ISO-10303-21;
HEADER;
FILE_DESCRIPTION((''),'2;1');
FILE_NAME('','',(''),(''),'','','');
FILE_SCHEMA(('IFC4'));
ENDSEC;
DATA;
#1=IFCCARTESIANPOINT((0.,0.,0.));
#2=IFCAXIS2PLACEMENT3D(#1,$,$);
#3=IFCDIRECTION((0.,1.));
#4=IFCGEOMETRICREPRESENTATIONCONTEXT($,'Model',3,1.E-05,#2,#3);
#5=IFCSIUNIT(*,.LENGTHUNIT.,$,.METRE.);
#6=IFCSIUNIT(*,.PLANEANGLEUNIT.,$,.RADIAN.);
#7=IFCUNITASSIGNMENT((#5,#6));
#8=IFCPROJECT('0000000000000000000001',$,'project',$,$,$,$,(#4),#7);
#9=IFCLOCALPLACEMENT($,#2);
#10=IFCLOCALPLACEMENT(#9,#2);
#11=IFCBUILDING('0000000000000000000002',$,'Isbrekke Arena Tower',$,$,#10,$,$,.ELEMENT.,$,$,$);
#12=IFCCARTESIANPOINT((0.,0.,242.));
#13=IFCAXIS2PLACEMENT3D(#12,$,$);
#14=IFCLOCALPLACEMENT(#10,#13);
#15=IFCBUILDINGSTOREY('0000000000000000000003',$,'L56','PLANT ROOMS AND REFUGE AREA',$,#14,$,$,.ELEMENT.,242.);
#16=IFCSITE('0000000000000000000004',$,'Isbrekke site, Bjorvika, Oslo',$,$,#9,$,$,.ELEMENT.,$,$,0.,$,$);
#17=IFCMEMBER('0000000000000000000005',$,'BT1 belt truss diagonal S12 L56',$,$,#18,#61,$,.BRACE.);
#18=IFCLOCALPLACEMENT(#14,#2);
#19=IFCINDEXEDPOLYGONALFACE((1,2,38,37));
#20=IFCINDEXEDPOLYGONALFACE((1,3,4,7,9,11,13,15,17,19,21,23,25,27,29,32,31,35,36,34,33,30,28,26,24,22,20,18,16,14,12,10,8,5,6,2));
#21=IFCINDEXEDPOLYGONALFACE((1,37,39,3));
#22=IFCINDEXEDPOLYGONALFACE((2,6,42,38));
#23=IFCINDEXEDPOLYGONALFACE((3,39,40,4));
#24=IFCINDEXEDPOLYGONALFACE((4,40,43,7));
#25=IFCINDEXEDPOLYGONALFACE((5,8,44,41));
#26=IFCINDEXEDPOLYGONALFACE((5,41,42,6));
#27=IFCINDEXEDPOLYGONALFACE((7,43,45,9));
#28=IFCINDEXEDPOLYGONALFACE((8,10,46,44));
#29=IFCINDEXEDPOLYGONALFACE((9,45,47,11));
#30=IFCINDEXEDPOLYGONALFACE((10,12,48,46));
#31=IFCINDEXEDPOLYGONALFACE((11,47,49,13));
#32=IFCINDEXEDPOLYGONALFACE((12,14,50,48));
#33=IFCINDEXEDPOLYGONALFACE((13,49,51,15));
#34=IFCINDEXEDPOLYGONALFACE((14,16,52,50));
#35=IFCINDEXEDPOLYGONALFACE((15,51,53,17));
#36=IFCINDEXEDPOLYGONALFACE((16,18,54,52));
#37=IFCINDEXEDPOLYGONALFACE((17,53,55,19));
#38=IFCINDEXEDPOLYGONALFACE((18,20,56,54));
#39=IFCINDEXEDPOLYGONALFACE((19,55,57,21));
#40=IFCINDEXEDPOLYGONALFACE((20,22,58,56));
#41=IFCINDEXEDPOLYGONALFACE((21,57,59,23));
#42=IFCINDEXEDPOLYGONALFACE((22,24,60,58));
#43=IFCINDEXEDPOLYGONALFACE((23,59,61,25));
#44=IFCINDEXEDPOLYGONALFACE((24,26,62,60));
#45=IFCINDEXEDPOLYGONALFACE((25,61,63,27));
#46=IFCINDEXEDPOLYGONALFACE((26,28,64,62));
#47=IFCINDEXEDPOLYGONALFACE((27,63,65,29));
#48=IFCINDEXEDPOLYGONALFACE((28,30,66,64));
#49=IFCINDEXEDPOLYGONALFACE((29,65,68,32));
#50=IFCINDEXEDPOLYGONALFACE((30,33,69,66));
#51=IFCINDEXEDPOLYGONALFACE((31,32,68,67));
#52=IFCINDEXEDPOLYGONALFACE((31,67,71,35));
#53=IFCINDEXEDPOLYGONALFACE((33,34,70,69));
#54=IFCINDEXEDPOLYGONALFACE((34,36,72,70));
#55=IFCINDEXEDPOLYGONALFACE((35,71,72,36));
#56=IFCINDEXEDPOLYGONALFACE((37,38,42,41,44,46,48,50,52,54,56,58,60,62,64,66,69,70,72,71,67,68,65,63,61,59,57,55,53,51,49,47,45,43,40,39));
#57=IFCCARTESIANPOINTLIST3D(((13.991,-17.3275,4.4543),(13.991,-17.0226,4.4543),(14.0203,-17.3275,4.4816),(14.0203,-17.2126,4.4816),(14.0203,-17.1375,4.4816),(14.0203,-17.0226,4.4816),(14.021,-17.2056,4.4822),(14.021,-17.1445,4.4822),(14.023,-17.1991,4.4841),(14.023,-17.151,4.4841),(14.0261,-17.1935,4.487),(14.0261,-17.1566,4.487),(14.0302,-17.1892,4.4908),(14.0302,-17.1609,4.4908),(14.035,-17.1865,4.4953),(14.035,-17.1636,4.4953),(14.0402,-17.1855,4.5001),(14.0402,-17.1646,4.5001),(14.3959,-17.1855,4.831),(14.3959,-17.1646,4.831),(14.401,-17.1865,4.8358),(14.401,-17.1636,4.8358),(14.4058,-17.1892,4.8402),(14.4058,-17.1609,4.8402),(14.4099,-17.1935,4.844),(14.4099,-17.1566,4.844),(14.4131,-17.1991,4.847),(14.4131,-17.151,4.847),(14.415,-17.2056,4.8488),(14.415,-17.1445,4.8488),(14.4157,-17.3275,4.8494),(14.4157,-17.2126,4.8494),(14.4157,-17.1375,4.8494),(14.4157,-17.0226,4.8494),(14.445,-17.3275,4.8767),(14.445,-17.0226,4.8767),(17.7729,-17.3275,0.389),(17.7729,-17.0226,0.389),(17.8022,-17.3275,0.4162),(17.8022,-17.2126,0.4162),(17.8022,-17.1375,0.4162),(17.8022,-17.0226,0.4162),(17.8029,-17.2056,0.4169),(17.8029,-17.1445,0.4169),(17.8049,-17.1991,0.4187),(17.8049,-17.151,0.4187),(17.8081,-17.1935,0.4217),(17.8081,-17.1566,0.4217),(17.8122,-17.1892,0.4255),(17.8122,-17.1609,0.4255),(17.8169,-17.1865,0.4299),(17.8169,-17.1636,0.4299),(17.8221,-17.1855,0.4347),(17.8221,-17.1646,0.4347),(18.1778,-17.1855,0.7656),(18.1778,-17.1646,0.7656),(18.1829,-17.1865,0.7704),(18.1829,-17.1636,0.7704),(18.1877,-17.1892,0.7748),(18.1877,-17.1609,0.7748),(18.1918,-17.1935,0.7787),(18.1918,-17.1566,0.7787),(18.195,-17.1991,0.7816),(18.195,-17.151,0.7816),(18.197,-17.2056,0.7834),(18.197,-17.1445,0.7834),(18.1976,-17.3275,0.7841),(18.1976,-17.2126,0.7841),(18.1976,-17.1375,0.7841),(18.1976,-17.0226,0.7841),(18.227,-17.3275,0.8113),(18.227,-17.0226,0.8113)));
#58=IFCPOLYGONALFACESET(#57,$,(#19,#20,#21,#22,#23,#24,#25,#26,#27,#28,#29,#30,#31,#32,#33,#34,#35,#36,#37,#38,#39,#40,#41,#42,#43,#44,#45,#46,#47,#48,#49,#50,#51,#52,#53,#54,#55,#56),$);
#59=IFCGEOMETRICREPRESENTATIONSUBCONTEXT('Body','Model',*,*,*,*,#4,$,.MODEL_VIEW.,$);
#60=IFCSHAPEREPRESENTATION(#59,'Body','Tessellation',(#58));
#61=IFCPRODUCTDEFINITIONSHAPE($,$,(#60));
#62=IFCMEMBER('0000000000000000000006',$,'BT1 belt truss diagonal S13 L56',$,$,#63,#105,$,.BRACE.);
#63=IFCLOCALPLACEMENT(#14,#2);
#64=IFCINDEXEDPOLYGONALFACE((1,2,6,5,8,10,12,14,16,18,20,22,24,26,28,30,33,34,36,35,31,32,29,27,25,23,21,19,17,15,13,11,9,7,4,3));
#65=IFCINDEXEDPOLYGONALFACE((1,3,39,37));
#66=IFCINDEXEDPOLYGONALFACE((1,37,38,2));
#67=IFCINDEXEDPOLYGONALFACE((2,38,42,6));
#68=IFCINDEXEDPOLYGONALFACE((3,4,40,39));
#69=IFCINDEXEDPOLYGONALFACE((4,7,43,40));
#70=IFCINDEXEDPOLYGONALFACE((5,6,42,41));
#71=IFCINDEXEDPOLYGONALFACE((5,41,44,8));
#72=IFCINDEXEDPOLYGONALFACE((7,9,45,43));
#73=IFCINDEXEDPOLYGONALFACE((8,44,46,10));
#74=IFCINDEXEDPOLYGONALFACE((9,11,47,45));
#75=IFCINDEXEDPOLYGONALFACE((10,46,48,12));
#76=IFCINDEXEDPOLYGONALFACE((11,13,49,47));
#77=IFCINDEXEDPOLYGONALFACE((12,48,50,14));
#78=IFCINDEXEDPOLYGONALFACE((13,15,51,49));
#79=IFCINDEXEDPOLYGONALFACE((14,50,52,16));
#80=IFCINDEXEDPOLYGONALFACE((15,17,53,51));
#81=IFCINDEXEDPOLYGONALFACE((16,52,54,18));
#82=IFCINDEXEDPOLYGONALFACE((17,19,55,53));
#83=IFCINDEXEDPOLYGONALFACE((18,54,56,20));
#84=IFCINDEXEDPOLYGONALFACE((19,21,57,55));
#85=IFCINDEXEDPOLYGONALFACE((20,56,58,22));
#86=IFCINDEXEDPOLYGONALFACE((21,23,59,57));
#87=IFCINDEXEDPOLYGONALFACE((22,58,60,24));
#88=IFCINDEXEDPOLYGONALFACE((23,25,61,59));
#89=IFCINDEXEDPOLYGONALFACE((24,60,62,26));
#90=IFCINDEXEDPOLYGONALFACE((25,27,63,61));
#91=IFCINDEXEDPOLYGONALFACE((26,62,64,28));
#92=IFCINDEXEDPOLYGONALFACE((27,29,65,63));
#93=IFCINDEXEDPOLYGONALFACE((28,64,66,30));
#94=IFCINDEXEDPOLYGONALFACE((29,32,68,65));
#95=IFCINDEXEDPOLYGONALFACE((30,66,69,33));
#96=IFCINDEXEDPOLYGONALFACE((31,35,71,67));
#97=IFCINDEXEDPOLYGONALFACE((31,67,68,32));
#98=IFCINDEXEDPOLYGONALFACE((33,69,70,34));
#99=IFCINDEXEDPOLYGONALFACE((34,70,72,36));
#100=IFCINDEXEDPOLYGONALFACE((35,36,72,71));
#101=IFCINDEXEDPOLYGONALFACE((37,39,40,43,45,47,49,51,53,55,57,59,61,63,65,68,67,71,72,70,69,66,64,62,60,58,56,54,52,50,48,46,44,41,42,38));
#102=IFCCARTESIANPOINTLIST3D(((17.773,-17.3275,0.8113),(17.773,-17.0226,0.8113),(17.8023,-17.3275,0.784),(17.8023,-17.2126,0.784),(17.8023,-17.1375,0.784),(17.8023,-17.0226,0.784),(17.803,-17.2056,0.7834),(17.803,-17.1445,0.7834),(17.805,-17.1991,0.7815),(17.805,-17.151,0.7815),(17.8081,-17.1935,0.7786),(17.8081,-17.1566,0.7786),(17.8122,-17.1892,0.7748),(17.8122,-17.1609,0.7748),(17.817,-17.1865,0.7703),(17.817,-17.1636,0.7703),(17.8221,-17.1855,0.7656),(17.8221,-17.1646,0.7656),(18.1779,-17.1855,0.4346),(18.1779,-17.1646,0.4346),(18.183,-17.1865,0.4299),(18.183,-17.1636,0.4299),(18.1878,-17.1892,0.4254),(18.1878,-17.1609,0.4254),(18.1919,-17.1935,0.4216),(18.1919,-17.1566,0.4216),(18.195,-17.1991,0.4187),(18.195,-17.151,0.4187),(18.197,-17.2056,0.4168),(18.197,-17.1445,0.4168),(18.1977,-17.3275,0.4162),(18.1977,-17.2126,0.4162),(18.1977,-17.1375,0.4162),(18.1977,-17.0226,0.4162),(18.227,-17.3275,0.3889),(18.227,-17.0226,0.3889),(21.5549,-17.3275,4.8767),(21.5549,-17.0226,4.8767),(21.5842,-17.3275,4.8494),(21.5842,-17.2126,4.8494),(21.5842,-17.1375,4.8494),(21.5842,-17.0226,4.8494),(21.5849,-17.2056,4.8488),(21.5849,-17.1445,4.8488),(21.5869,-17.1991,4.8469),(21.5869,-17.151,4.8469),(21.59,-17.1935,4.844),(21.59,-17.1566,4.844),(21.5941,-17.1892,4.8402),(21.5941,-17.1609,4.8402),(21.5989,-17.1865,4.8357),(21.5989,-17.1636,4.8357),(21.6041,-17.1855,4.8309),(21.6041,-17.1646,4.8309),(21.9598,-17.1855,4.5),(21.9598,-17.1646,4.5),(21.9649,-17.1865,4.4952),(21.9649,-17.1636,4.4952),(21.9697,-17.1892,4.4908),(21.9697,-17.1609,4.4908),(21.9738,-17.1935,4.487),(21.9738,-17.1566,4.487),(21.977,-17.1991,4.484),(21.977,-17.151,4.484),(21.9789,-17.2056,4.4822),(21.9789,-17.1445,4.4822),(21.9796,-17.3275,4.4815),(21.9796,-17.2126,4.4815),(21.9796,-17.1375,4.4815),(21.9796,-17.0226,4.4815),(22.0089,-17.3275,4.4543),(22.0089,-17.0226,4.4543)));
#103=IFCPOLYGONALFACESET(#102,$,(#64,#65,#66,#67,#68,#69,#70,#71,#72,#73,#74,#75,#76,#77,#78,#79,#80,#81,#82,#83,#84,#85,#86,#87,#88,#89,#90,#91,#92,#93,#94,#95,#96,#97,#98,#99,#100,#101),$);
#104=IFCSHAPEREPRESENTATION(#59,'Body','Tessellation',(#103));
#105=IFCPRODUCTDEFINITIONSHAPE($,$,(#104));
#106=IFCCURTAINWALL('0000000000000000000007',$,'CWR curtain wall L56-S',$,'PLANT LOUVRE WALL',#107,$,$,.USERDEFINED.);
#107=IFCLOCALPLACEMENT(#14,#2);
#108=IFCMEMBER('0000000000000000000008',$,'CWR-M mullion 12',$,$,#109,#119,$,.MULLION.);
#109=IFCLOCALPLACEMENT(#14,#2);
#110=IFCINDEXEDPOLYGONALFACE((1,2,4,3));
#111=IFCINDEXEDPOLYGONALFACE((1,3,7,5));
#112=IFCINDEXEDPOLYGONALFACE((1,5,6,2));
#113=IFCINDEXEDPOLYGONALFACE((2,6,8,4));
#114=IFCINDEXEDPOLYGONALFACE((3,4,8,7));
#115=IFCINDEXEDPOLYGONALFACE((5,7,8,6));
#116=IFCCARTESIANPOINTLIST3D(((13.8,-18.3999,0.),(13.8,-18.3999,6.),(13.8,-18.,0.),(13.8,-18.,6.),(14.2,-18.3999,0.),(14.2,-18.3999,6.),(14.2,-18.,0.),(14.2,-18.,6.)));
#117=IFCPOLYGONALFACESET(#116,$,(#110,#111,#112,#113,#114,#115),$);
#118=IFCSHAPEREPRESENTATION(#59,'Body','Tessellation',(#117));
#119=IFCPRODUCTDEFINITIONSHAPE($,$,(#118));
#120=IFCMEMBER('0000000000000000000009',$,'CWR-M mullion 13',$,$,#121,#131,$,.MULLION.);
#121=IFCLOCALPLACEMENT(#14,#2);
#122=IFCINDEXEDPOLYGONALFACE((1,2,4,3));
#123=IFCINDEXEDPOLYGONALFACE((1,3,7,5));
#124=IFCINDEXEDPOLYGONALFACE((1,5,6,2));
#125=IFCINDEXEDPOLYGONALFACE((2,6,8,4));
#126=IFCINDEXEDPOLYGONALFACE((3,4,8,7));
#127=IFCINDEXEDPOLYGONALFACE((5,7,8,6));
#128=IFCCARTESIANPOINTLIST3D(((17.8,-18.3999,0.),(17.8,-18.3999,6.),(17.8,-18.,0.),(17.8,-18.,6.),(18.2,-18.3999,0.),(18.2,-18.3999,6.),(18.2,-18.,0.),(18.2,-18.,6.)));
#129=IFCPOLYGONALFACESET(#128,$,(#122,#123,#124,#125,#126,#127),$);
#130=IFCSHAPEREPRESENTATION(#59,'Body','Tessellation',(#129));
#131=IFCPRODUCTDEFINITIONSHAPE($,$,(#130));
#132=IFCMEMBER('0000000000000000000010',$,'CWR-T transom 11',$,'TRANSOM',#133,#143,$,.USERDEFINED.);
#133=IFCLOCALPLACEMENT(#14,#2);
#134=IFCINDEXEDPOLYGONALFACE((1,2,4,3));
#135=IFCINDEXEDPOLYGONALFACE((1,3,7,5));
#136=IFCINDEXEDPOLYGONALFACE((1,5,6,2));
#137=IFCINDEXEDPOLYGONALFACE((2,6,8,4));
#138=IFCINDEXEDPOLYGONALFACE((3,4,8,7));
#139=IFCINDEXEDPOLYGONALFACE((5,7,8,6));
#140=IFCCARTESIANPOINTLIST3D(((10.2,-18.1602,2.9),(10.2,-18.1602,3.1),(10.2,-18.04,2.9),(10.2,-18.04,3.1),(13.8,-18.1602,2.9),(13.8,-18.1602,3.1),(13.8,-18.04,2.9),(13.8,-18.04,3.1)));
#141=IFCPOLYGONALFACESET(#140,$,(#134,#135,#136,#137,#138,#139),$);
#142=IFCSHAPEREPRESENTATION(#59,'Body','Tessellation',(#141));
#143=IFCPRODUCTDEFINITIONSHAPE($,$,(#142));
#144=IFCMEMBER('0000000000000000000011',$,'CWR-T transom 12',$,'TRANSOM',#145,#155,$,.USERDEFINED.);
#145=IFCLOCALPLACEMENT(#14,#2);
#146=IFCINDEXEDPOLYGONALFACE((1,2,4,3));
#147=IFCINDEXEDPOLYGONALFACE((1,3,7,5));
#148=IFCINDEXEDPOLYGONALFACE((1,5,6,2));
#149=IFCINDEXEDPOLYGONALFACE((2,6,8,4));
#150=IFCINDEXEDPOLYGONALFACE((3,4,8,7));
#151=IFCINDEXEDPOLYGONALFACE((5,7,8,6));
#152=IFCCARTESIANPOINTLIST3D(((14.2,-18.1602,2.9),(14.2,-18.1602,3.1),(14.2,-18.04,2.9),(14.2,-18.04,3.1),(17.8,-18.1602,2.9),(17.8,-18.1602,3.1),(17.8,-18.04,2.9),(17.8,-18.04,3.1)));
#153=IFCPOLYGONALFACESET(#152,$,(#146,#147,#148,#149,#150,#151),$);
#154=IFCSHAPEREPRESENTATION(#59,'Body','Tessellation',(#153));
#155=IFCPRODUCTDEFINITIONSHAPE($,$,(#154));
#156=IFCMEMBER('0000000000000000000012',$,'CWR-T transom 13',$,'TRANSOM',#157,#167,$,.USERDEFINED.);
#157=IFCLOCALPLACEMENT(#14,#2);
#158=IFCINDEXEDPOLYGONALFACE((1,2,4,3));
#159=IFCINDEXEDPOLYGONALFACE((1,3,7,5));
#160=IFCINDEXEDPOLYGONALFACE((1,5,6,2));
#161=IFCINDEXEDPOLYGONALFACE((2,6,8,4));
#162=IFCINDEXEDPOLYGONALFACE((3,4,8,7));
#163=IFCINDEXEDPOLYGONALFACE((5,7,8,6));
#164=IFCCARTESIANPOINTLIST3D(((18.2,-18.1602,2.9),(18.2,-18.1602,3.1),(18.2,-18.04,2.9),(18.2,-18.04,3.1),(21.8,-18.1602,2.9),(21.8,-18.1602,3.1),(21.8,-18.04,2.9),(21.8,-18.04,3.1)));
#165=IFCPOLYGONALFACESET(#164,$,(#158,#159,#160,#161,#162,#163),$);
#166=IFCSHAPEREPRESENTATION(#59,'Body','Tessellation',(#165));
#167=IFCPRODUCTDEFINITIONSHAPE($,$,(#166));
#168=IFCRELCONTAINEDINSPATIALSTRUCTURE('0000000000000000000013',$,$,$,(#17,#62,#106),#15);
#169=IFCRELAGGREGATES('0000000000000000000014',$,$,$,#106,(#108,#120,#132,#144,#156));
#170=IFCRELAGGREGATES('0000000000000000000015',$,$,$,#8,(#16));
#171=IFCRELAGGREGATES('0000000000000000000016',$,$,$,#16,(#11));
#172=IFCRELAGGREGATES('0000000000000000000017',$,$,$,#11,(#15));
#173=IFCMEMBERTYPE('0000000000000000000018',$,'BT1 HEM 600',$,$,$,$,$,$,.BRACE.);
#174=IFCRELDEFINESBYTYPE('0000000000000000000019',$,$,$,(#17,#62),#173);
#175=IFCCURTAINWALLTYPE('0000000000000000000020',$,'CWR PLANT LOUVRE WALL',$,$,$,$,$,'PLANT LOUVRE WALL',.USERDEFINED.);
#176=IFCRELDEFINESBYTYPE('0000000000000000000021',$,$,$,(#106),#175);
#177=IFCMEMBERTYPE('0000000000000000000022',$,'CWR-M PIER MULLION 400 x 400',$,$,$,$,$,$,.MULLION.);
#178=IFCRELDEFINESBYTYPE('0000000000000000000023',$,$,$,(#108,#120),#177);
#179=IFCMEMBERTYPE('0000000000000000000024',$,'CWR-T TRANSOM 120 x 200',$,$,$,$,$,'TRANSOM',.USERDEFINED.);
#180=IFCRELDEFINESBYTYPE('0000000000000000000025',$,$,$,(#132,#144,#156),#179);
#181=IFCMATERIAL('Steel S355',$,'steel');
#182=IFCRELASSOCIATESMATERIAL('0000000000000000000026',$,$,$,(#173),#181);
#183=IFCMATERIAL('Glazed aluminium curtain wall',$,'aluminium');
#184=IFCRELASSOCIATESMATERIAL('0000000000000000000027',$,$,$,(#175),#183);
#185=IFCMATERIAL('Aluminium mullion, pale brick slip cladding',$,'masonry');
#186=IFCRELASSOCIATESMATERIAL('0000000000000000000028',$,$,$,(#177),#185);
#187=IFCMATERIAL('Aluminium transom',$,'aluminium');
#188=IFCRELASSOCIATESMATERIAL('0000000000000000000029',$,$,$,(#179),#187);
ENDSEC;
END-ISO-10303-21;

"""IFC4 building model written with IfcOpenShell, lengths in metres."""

from ifc_helpers import new_model, si_unit, direction, frame, origin, origin_2d, place, context, subcontext, project, spatial, rectangle, i_section, extrude, material, material_profile, profile_set, type_object, element, aggregate, save


model = new_model("IFC4")

# Units and contexts
model_context = context("Model", 3, precision=1e-05, world=origin(), true_north=direction((0.0, 1.0)))
body_context = subcontext(model_context, "Body", "Model", "MODEL_VIEW")
ifc_project = project(units=[si_unit("LENGTHUNIT", "METRE"), si_unit("PLANEANGLEUNIT", "RADIAN")], contexts=[model_context])

# Site, building, storey
site_placement = place(None, origin())
site = spatial("IfcSite", under=ifc_project, at=site_placement, Name="Isbrekke site, Bjorvika, Oslo", CompositionType="ELEMENT", RefElevation=0.0)
building_placement = place(site_placement, origin())
building = spatial("IfcBuilding", under=site, at=building_placement, Name="Isbrekke Arena Tower", CompositionType="ELEMENT")
storey_placement = place(building_placement, frame((0.0, 0.0, 242.0)))
storey = spatial("IfcBuildingStorey", under=building, at=storey_placement, Name="L56", Description="PLANT ROOMS AND REFUGE AREA", CompositionType="ELEMENT", Elevation=242.0)

# Members
ifc_material_1 = material(Name="Steel S355", Category="steel")
ifc_material_profile_1 = material_profile(ifc_material_1, i_section(OverallWidth=0.3049, OverallDepth=0.6201, WebThickness=0.021, FlangeThickness=0.04, FilletRadius=0.0271, at=origin_2d()), Name="HEM 600")
ifc_profile_set_1 = profile_set([ifc_material_profile_1], Name="Steel S355")
member_type_1 = type_object("IfcMemberType", Name="BT1 HEM 600", PredefinedType="BRACE", material=ifc_profile_set_1)
for number, where, z_axis, x_axis, name in (
    (1, (14.218, -17.175, 4.6655), (0.681122, 0.0, -0.73217), (0.0, 1.0, 0.0), "BT1 belt truss diagonal S12 L56"),
    (2, (18.0, -17.175, 0.6001), (0.681122, 0.0, 0.73217), (0.0, 1.0, 0.0), "BT1 belt truss diagonal S13 L56"),
):
    element("IfcMember", number, at=place(storey_placement, frame(where, z_axis=z_axis, x_axis=x_axis)), inside=storey, type_object=member_type_1, Name=name, PredefinedType="BRACE", context=body_context, shape_type="SweptSolid", body=[
        extrude(i_section(OverallWidth=0.3049, OverallDepth=0.6201, WebThickness=0.021, FlangeThickness=0.04, FilletRadius=0.0271, at=origin_2d()), origin(), (0.0, 0.0, 1.0), 5.5525),
    ])

# Curtain wall, members
ifc_material_2 = material(Name="Glazed aluminium curtain wall", Category="aluminium")
curtain_wall_type = type_object("IfcCurtainWallType", Name="CWR PLANT LOUVRE WALL", ElementType="PLANT LOUVRE WALL", PredefinedType="USERDEFINED", material=ifc_material_2)
curtain_wall_placement = place(storey_placement, origin())
curtain_wall = element("IfcCurtainWall", 3, at=curtain_wall_placement, inside=storey, type_object=curtain_wall_type, Name="CWR curtain wall L56-S", ObjectType="PLANT LOUVRE WALL", PredefinedType="USERDEFINED")
ifc_material_3 = material(Name="Aluminium mullion, pale brick slip cladding", Category="masonry")
ifc_material_profile_2 = material_profile(ifc_material_3, rectangle(XDim=0.3999, YDim=0.3999, at=origin_2d()), Name="PIER 400X400")
ifc_profile_set_2 = profile_set([ifc_material_profile_2], Name="Aluminium mullion, pale brick slip cladding")
member_type_2 = type_object("IfcMemberType", Name="CWR-M PIER MULLION 400 x 400", PredefinedType="MULLION", material=ifc_profile_set_2)
member_1_placement = place(storey_placement, frame((14.0, -18.2, 0.0), z_axis=(0.0, 0.0, 1.0), x_axis=(1.0, 0.0, 0.0)))
member_1 = element("IfcMember", 4, at=member_1_placement, type_object=member_type_2, Name="CWR-M mullion 12", PredefinedType="MULLION", context=body_context, shape_type="SweptSolid", body=[
    extrude(rectangle(XDim=0.3999, YDim=0.3999, at=origin_2d()), origin(), (0.0, 0.0, 1.0), 6.0),
])
member_2_placement = place(storey_placement, frame((18.0, -18.2, 0.0), z_axis=(0.0, 0.0, 1.0), x_axis=(1.0, 0.0, 0.0)))
member_2 = element("IfcMember", 5, at=member_2_placement, type_object=member_type_2, Name="CWR-M mullion 13", PredefinedType="MULLION", context=body_context, shape_type="SweptSolid", body=[
    extrude(rectangle(XDim=0.3999, YDim=0.3999, at=origin_2d()), origin(), (0.0, 0.0, 1.0), 6.0),
])
ifc_material_4 = material(Name="Aluminium transom", Category="aluminium")
ifc_material_profile_3 = material_profile(ifc_material_4, rectangle(XDim=0.1201, YDim=0.2, at=origin_2d()), Name="TRANSOM 120X200")
ifc_profile_set_3 = profile_set([ifc_material_profile_3], Name="Aluminium transom")
member_type_3 = type_object("IfcMemberType", Name="CWR-T TRANSOM 120 x 200", ElementType="TRANSOM", PredefinedType="USERDEFINED", material=ifc_profile_set_3)
member_3_placement = place(storey_placement, frame((10.2, -18.1001, 3.0), z_axis=(1.0, 0.0, 0.0), x_axis=(0.0, 1.0, 0.0)))
member_3 = element("IfcMember", 6, at=member_3_placement, type_object=member_type_3, Name="CWR-T transom 11", ObjectType="TRANSOM", PredefinedType="USERDEFINED", context=body_context, shape_type="SweptSolid", body=[
    extrude(rectangle(XDim=0.1201, YDim=0.2, at=origin_2d()), origin(), (0.0, 0.0, 1.0), 3.6001),
])
member_4_placement = place(storey_placement, frame((14.2, -18.1001, 3.0), z_axis=(1.0, 0.0, 0.0), x_axis=(0.0, 1.0, 0.0)))
member_4 = element("IfcMember", 7, at=member_4_placement, type_object=member_type_3, Name="CWR-T transom 12", ObjectType="TRANSOM", PredefinedType="USERDEFINED", context=body_context, shape_type="SweptSolid", body=[
    extrude(rectangle(XDim=0.1201, YDim=0.2, at=origin_2d()), origin(), (0.0, 0.0, 1.0), 3.6001),
])
member_5_placement = place(storey_placement, frame((18.2, -18.1001, 3.0), z_axis=(1.0, 0.0, 0.0), x_axis=(0.0, 1.0, 0.0)))
member_5 = element("IfcMember", 8, at=member_5_placement, type_object=member_type_3, Name="CWR-T transom 13", ObjectType="TRANSOM", PredefinedType="USERDEFINED", context=body_context, shape_type="SweptSolid", body=[
    extrude(rectangle(XDim=0.1201, YDim=0.2, at=origin_2d()), origin(), (0.0, 0.0, 1.0), 3.6001),
])

aggregate(curtain_wall, [member_1, member_2, member_3, member_4, member_5])

save(model, "model.ifc")
